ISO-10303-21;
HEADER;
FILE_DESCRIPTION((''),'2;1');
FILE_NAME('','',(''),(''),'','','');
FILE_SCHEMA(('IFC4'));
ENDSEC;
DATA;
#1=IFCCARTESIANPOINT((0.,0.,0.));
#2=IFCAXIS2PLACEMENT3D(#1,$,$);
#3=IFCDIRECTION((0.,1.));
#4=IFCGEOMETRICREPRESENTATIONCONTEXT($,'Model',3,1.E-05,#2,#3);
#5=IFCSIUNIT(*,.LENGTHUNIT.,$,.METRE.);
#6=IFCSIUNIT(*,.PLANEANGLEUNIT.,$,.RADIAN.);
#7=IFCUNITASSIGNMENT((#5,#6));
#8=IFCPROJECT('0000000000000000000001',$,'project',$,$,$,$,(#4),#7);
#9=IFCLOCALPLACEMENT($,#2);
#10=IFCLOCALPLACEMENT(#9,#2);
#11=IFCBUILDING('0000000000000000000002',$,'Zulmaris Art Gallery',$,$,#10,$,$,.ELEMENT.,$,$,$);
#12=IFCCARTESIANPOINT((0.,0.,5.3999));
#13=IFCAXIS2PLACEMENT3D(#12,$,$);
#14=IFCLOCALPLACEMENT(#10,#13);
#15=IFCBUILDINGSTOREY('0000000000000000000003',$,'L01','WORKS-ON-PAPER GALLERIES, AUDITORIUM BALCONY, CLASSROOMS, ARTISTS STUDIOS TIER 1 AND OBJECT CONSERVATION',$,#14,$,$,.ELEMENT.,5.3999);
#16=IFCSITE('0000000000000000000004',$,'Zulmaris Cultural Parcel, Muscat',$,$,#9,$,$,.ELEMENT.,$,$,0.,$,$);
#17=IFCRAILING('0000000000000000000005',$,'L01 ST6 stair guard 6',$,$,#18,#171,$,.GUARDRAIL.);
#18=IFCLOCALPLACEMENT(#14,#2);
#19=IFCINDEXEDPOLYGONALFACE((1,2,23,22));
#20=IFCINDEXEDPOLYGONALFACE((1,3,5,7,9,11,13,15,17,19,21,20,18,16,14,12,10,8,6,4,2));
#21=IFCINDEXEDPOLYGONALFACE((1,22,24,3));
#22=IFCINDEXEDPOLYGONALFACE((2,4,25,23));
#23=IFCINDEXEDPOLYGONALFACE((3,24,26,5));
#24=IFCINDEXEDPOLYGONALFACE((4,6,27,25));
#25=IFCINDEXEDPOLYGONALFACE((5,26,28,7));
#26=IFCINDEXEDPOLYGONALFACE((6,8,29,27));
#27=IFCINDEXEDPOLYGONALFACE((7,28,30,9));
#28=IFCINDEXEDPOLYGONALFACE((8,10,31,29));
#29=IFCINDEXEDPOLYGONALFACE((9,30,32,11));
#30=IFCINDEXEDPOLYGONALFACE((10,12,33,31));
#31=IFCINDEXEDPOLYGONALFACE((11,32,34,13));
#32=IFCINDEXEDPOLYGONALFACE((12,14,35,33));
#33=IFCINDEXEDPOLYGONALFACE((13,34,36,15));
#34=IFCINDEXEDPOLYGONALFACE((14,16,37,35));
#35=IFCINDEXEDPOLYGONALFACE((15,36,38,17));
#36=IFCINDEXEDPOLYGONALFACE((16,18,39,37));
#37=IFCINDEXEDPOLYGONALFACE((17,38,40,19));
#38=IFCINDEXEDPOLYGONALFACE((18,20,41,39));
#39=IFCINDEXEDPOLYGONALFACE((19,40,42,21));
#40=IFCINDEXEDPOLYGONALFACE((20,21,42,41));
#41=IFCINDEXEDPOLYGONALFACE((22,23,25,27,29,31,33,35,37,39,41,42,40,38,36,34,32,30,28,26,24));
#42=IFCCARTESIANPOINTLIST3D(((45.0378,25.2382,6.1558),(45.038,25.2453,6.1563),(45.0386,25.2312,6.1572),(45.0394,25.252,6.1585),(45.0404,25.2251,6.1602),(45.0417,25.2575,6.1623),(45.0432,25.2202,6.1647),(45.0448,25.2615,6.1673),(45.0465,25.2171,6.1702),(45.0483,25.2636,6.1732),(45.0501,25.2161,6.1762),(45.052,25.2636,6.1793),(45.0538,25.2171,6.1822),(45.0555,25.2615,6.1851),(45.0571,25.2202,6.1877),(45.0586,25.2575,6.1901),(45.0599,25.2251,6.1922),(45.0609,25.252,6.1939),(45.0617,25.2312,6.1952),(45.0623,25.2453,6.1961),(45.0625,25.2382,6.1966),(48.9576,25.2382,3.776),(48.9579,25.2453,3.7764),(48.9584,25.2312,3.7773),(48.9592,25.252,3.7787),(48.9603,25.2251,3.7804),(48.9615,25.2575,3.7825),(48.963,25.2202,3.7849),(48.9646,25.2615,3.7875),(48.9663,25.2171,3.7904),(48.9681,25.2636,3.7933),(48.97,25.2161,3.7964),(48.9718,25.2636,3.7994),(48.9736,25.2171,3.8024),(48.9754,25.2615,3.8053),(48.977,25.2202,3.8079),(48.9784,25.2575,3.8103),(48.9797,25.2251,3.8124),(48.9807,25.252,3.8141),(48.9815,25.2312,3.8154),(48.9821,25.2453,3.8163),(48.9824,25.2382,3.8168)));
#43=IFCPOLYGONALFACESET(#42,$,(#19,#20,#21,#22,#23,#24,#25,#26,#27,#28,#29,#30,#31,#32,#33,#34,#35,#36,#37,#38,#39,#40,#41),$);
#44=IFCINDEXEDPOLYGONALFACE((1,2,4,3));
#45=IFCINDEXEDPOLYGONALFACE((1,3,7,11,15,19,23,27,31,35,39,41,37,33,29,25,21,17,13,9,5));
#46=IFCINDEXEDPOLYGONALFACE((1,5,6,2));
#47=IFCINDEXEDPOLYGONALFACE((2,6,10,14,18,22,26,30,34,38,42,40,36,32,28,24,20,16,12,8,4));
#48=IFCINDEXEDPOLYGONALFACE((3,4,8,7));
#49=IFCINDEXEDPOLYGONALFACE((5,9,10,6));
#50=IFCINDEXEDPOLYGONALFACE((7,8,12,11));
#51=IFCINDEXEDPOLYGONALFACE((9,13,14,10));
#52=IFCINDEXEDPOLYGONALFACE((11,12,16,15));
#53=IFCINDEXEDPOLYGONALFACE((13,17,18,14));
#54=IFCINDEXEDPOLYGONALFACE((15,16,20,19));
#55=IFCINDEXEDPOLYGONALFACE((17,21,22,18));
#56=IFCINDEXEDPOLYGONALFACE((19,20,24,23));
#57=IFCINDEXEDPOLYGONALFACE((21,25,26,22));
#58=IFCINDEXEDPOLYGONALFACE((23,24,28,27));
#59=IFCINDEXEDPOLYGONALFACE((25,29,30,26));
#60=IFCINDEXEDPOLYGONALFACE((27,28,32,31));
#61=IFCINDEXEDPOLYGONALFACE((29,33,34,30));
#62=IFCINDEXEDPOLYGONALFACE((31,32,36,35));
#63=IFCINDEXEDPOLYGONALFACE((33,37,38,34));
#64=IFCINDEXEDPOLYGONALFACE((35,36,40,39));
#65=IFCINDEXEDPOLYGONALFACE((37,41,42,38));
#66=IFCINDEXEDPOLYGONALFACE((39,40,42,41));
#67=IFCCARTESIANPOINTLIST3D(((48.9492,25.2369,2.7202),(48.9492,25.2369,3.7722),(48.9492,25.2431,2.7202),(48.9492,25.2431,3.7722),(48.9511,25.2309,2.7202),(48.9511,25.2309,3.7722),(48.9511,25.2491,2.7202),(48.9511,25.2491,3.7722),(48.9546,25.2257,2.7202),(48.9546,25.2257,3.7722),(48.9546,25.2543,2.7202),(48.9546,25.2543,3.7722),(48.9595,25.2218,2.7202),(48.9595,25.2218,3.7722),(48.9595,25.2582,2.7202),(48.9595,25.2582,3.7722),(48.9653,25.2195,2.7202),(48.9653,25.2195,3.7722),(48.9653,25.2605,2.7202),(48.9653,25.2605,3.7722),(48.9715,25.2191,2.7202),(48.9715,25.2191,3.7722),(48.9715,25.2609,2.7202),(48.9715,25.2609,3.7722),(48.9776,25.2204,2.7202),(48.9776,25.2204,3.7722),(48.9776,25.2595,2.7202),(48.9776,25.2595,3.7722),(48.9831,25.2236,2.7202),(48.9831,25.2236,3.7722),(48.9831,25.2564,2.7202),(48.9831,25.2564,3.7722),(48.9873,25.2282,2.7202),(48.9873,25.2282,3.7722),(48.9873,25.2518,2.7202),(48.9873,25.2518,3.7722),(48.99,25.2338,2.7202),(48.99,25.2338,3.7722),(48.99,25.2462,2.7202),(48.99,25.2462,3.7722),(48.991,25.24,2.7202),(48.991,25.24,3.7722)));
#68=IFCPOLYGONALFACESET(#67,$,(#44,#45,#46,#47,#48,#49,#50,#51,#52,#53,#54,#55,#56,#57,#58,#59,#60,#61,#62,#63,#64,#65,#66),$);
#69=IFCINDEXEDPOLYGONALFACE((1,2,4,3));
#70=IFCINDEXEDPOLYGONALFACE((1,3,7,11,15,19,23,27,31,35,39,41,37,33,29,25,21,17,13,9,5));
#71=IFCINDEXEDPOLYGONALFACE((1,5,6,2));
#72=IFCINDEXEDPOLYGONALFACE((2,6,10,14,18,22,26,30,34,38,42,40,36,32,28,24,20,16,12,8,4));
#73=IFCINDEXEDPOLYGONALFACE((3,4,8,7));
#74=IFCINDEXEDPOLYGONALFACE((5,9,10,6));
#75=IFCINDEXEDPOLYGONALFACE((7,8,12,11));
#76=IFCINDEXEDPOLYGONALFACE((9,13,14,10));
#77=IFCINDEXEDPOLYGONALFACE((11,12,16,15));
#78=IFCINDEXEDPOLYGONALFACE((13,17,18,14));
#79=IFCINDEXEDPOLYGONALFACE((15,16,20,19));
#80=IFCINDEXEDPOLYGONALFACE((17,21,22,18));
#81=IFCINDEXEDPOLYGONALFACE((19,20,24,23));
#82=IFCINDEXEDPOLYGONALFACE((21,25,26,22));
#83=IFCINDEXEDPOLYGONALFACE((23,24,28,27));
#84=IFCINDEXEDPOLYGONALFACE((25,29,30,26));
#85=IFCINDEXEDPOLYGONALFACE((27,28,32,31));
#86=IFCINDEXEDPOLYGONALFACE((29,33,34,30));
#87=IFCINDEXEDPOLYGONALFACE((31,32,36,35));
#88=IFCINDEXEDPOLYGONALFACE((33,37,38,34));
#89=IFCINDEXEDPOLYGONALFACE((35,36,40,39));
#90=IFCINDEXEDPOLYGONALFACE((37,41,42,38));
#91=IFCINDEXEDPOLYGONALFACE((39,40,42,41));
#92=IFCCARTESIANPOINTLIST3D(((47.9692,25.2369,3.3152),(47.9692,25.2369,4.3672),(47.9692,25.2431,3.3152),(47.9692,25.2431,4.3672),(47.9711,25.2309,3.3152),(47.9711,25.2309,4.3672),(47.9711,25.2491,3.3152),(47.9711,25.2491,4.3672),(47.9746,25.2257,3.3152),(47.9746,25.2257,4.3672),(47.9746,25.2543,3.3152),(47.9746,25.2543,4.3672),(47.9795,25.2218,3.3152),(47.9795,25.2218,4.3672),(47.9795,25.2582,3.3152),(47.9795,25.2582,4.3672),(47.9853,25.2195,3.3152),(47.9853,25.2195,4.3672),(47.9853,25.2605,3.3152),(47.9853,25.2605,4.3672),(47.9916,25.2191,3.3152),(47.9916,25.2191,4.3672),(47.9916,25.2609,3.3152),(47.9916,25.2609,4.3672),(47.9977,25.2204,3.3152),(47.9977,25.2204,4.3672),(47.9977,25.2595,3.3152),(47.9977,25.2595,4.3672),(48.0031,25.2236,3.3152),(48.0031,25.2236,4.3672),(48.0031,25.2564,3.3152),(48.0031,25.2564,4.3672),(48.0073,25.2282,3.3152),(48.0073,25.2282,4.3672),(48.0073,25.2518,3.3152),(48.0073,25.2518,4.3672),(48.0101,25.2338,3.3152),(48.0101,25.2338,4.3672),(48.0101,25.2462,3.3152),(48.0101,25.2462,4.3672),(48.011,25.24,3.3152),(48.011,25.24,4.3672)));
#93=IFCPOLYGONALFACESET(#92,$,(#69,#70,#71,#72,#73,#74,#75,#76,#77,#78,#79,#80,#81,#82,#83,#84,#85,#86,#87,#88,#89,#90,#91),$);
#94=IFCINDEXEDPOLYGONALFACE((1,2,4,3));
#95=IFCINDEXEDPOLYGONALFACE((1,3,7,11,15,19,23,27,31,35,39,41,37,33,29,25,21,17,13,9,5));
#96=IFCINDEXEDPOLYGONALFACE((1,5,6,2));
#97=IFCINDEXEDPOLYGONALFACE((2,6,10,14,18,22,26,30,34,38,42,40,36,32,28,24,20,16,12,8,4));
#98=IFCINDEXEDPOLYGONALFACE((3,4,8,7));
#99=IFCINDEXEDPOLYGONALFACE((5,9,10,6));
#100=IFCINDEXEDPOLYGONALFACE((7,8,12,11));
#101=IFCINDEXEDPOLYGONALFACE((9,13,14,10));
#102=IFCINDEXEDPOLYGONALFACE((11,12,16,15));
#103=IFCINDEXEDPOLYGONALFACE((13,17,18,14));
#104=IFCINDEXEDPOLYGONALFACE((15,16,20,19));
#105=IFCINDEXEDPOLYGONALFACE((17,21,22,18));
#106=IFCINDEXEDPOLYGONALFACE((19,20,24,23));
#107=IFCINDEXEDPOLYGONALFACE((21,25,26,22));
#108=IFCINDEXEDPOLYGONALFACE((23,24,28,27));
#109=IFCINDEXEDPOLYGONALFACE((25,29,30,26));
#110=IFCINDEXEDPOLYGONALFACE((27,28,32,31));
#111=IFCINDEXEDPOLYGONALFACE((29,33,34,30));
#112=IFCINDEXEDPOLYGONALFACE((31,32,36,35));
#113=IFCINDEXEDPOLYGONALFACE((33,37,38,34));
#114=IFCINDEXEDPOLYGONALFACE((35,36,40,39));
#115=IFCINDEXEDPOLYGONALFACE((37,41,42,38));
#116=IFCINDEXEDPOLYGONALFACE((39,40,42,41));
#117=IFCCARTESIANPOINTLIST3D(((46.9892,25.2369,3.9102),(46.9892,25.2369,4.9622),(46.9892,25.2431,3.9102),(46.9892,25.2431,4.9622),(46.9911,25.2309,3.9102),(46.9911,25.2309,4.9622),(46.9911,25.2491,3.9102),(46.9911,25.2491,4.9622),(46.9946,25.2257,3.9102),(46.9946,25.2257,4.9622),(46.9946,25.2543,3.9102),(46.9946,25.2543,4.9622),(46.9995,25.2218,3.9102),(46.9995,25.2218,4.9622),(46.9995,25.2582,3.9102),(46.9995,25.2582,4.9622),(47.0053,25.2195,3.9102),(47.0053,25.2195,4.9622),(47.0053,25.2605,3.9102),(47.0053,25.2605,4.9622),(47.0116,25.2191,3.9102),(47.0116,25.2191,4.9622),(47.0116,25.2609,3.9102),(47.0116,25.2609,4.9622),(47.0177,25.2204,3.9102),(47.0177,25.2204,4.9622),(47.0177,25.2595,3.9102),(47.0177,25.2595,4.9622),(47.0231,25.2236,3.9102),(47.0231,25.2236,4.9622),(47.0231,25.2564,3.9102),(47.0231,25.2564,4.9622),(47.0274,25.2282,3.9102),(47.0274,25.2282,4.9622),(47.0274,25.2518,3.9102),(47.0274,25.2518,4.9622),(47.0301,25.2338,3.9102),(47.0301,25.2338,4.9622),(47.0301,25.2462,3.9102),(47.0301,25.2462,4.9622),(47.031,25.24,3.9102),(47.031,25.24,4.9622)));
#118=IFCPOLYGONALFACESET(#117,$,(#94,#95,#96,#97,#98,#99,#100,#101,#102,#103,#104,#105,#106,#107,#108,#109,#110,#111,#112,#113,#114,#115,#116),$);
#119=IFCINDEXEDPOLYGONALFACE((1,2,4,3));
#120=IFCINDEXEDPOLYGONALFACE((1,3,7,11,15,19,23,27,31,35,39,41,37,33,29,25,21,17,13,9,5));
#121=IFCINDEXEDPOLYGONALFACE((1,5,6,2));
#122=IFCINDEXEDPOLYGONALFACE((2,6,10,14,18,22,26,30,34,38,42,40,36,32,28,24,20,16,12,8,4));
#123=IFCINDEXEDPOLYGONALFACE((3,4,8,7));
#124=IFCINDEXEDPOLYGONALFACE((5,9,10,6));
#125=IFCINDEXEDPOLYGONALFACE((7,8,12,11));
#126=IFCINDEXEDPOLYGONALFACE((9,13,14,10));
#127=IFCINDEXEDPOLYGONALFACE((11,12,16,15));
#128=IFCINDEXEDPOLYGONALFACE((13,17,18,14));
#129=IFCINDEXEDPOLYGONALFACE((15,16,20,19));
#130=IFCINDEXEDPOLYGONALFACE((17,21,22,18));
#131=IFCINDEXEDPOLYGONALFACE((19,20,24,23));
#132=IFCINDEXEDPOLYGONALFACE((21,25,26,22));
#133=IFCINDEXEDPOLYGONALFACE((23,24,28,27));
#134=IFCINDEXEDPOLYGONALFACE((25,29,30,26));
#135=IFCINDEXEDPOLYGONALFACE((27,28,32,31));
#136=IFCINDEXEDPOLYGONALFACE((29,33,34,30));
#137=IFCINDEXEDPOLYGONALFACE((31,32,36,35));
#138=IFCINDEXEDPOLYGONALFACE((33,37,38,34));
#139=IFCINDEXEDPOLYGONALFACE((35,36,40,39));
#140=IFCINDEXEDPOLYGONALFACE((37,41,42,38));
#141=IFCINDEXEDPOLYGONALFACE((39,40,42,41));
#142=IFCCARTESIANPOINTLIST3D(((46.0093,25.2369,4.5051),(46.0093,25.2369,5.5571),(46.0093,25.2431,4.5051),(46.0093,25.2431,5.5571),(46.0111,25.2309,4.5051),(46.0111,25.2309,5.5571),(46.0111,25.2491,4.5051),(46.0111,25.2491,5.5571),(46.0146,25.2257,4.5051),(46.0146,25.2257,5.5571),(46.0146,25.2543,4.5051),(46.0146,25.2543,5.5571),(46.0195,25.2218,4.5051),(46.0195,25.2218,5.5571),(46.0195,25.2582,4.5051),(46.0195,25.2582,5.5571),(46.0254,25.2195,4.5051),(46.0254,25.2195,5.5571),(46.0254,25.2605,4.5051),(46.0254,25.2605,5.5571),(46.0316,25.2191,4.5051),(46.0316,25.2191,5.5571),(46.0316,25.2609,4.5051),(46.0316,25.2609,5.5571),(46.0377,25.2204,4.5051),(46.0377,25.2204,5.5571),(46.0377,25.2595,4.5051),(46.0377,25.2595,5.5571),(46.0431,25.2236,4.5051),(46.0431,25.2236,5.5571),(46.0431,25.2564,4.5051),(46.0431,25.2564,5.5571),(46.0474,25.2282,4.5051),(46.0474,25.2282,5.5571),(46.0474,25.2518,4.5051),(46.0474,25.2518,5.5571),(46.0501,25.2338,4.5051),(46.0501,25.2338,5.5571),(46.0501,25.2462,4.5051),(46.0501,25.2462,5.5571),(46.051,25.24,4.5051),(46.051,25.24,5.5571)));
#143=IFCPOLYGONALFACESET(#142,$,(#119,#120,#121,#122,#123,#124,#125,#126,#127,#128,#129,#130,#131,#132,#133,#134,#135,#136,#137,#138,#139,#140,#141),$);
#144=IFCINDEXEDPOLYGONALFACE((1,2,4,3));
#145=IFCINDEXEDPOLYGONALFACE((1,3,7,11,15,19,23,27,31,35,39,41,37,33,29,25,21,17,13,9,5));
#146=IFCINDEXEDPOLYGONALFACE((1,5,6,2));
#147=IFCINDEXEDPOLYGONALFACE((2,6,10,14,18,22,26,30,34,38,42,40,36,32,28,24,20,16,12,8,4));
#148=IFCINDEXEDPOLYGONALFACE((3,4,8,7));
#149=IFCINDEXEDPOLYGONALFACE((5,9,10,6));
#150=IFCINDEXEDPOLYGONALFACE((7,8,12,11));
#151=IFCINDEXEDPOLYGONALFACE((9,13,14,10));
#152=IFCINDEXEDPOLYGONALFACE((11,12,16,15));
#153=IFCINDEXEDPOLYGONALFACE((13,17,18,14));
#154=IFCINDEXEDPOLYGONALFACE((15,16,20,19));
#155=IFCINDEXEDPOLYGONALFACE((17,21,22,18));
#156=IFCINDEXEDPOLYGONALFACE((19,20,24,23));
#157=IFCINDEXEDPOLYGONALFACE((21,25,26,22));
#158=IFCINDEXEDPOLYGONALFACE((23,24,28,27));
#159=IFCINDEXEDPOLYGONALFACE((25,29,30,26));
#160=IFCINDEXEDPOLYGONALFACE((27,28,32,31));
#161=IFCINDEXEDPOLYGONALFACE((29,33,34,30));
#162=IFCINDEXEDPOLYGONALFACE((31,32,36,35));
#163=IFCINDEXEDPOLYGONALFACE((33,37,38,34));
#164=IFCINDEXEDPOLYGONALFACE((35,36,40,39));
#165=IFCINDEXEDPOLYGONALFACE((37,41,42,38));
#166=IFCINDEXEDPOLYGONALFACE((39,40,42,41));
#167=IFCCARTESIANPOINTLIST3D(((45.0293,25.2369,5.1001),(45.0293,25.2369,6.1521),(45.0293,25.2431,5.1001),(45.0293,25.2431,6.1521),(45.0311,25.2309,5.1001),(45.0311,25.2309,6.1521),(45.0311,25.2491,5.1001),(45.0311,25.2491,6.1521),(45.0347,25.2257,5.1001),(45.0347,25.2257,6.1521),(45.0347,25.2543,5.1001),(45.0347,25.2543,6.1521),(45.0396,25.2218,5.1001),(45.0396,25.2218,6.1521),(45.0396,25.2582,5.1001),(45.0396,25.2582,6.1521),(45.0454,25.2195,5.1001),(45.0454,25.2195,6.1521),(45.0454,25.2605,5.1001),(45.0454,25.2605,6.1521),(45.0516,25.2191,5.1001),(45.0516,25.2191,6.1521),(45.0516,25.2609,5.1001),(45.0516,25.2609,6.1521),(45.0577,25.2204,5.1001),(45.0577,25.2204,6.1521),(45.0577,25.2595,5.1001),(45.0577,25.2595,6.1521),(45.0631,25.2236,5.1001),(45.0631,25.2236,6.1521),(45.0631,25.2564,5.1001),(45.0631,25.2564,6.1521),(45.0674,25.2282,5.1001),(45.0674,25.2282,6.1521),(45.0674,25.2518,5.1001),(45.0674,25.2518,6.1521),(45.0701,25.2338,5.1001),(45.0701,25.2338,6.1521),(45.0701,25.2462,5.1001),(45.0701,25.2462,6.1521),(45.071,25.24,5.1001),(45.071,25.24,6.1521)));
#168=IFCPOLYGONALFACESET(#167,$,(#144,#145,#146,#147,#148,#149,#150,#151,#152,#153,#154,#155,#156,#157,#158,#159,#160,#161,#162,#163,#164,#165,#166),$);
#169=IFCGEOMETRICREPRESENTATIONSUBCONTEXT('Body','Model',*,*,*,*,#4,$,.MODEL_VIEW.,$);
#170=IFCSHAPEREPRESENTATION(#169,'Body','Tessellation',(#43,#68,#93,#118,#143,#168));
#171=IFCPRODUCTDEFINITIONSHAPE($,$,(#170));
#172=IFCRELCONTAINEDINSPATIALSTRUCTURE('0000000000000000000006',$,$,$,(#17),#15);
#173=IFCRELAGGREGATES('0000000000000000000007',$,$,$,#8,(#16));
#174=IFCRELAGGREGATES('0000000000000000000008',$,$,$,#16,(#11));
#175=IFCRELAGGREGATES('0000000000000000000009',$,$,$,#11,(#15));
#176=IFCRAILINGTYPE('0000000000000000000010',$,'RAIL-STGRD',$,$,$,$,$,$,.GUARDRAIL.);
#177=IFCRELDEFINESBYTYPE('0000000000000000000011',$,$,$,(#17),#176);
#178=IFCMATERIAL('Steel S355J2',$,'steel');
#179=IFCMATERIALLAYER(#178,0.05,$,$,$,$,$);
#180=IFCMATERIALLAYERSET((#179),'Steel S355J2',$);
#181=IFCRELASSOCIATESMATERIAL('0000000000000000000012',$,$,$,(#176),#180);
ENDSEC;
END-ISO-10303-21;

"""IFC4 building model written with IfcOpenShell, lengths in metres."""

from ifc_helpers import new_model, si_unit, direction, frame, origin, origin_2d, place, context, subcontext, project, spatial, circle, extrude, material, layer, layer_set, type_object, element, save


model = new_model("IFC4")

# Units and contexts
model_context = context("Model", 3, precision=1e-05, world=origin(), true_north=direction((0.0, 1.0)))
body_context = subcontext(model_context, "Body", "Model", "MODEL_VIEW")
ifc_project = project(units=[si_unit("LENGTHUNIT", "METRE"), si_unit("PLANEANGLEUNIT", "RADIAN")], contexts=[model_context])

# Site, building, storey
site_placement = place(None, origin())
site = spatial("IfcSite", under=ifc_project, at=site_placement, Name="Zulmaris Cultural Parcel, Muscat", CompositionType="ELEMENT", RefElevation=0.0)
building_placement = place(site_placement, origin())
building = spatial("IfcBuilding", under=site, at=building_placement, Name="Zulmaris Art Gallery", CompositionType="ELEMENT")
storey_placement = place(building_placement, frame((0.0, 0.0, 5.3999)))
storey = spatial("IfcBuildingStorey", under=building, at=storey_placement, Name="L01", Description="WORKS-ON-PAPER GALLERIES, AUDITORIUM BALCONY, CLASSROOMS, ARTISTS STUDIOS TIER 1 AND OBJECT CONSERVATION", CompositionType="ELEMENT", Elevation=5.3999)

# Shared definitions
ifc_material_1 = material(Name="Steel S355J2", Category="steel")

# Railing
ifc_layer_1 = layer(ifc_material_1, 0.05)
ifc_layer_set_1 = layer_set([ifc_layer_1], Name="Steel S355J2")
railing_type_1 = type_object("IfcRailingType", Name="RAIL-STGRD", PredefinedType="GUARDRAIL", material=ifc_layer_set_1)
railing_1_placement = place(storey_placement, frame((48.97, 25.24, 2.7202)))
element("IfcRailing", 1, at=railing_1_placement, inside=storey, type_object=railing_type_1, Name="L01 ST6 stair guard 6", PredefinedType="GUARDRAIL", context=body_context, shape_type="SweptSolid", body=[
    extrude(circle(Radius=0.0239, at=origin_2d()), frame((0.0, 0.0, 1.0762), z_axis=(-0.854794, 0.0, 0.518967), x_axis=(0.0, -1.0, 0.0)), (0.0, 0.0, 1.0), 4.5857),
    extrude(circle(Radius=0.021, at=origin_2d()), origin(), (0.0, 0.0, 1.0), 1.052),
    extrude(circle(Radius=0.021, at=origin_2d()), frame((-0.98, 0.0, 0.595)), (0.0, 0.0, 1.0), 1.052),
    extrude(circle(Radius=0.021, at=origin_2d()), frame((-1.96, 0.0, 1.1899)), (0.0, 0.0, 1.0), 1.052),
    extrude(circle(Radius=0.021, at=origin_2d()), frame((-2.9399, 0.0, 1.7849)), (0.0, 0.0, 1.0), 1.052),
    extrude(circle(Radius=0.021, at=origin_2d()), frame((-3.9199, 0.0, 2.3799)), (0.0, 0.0, 1.0), 1.052),
])

save(model, "model.ifc")
